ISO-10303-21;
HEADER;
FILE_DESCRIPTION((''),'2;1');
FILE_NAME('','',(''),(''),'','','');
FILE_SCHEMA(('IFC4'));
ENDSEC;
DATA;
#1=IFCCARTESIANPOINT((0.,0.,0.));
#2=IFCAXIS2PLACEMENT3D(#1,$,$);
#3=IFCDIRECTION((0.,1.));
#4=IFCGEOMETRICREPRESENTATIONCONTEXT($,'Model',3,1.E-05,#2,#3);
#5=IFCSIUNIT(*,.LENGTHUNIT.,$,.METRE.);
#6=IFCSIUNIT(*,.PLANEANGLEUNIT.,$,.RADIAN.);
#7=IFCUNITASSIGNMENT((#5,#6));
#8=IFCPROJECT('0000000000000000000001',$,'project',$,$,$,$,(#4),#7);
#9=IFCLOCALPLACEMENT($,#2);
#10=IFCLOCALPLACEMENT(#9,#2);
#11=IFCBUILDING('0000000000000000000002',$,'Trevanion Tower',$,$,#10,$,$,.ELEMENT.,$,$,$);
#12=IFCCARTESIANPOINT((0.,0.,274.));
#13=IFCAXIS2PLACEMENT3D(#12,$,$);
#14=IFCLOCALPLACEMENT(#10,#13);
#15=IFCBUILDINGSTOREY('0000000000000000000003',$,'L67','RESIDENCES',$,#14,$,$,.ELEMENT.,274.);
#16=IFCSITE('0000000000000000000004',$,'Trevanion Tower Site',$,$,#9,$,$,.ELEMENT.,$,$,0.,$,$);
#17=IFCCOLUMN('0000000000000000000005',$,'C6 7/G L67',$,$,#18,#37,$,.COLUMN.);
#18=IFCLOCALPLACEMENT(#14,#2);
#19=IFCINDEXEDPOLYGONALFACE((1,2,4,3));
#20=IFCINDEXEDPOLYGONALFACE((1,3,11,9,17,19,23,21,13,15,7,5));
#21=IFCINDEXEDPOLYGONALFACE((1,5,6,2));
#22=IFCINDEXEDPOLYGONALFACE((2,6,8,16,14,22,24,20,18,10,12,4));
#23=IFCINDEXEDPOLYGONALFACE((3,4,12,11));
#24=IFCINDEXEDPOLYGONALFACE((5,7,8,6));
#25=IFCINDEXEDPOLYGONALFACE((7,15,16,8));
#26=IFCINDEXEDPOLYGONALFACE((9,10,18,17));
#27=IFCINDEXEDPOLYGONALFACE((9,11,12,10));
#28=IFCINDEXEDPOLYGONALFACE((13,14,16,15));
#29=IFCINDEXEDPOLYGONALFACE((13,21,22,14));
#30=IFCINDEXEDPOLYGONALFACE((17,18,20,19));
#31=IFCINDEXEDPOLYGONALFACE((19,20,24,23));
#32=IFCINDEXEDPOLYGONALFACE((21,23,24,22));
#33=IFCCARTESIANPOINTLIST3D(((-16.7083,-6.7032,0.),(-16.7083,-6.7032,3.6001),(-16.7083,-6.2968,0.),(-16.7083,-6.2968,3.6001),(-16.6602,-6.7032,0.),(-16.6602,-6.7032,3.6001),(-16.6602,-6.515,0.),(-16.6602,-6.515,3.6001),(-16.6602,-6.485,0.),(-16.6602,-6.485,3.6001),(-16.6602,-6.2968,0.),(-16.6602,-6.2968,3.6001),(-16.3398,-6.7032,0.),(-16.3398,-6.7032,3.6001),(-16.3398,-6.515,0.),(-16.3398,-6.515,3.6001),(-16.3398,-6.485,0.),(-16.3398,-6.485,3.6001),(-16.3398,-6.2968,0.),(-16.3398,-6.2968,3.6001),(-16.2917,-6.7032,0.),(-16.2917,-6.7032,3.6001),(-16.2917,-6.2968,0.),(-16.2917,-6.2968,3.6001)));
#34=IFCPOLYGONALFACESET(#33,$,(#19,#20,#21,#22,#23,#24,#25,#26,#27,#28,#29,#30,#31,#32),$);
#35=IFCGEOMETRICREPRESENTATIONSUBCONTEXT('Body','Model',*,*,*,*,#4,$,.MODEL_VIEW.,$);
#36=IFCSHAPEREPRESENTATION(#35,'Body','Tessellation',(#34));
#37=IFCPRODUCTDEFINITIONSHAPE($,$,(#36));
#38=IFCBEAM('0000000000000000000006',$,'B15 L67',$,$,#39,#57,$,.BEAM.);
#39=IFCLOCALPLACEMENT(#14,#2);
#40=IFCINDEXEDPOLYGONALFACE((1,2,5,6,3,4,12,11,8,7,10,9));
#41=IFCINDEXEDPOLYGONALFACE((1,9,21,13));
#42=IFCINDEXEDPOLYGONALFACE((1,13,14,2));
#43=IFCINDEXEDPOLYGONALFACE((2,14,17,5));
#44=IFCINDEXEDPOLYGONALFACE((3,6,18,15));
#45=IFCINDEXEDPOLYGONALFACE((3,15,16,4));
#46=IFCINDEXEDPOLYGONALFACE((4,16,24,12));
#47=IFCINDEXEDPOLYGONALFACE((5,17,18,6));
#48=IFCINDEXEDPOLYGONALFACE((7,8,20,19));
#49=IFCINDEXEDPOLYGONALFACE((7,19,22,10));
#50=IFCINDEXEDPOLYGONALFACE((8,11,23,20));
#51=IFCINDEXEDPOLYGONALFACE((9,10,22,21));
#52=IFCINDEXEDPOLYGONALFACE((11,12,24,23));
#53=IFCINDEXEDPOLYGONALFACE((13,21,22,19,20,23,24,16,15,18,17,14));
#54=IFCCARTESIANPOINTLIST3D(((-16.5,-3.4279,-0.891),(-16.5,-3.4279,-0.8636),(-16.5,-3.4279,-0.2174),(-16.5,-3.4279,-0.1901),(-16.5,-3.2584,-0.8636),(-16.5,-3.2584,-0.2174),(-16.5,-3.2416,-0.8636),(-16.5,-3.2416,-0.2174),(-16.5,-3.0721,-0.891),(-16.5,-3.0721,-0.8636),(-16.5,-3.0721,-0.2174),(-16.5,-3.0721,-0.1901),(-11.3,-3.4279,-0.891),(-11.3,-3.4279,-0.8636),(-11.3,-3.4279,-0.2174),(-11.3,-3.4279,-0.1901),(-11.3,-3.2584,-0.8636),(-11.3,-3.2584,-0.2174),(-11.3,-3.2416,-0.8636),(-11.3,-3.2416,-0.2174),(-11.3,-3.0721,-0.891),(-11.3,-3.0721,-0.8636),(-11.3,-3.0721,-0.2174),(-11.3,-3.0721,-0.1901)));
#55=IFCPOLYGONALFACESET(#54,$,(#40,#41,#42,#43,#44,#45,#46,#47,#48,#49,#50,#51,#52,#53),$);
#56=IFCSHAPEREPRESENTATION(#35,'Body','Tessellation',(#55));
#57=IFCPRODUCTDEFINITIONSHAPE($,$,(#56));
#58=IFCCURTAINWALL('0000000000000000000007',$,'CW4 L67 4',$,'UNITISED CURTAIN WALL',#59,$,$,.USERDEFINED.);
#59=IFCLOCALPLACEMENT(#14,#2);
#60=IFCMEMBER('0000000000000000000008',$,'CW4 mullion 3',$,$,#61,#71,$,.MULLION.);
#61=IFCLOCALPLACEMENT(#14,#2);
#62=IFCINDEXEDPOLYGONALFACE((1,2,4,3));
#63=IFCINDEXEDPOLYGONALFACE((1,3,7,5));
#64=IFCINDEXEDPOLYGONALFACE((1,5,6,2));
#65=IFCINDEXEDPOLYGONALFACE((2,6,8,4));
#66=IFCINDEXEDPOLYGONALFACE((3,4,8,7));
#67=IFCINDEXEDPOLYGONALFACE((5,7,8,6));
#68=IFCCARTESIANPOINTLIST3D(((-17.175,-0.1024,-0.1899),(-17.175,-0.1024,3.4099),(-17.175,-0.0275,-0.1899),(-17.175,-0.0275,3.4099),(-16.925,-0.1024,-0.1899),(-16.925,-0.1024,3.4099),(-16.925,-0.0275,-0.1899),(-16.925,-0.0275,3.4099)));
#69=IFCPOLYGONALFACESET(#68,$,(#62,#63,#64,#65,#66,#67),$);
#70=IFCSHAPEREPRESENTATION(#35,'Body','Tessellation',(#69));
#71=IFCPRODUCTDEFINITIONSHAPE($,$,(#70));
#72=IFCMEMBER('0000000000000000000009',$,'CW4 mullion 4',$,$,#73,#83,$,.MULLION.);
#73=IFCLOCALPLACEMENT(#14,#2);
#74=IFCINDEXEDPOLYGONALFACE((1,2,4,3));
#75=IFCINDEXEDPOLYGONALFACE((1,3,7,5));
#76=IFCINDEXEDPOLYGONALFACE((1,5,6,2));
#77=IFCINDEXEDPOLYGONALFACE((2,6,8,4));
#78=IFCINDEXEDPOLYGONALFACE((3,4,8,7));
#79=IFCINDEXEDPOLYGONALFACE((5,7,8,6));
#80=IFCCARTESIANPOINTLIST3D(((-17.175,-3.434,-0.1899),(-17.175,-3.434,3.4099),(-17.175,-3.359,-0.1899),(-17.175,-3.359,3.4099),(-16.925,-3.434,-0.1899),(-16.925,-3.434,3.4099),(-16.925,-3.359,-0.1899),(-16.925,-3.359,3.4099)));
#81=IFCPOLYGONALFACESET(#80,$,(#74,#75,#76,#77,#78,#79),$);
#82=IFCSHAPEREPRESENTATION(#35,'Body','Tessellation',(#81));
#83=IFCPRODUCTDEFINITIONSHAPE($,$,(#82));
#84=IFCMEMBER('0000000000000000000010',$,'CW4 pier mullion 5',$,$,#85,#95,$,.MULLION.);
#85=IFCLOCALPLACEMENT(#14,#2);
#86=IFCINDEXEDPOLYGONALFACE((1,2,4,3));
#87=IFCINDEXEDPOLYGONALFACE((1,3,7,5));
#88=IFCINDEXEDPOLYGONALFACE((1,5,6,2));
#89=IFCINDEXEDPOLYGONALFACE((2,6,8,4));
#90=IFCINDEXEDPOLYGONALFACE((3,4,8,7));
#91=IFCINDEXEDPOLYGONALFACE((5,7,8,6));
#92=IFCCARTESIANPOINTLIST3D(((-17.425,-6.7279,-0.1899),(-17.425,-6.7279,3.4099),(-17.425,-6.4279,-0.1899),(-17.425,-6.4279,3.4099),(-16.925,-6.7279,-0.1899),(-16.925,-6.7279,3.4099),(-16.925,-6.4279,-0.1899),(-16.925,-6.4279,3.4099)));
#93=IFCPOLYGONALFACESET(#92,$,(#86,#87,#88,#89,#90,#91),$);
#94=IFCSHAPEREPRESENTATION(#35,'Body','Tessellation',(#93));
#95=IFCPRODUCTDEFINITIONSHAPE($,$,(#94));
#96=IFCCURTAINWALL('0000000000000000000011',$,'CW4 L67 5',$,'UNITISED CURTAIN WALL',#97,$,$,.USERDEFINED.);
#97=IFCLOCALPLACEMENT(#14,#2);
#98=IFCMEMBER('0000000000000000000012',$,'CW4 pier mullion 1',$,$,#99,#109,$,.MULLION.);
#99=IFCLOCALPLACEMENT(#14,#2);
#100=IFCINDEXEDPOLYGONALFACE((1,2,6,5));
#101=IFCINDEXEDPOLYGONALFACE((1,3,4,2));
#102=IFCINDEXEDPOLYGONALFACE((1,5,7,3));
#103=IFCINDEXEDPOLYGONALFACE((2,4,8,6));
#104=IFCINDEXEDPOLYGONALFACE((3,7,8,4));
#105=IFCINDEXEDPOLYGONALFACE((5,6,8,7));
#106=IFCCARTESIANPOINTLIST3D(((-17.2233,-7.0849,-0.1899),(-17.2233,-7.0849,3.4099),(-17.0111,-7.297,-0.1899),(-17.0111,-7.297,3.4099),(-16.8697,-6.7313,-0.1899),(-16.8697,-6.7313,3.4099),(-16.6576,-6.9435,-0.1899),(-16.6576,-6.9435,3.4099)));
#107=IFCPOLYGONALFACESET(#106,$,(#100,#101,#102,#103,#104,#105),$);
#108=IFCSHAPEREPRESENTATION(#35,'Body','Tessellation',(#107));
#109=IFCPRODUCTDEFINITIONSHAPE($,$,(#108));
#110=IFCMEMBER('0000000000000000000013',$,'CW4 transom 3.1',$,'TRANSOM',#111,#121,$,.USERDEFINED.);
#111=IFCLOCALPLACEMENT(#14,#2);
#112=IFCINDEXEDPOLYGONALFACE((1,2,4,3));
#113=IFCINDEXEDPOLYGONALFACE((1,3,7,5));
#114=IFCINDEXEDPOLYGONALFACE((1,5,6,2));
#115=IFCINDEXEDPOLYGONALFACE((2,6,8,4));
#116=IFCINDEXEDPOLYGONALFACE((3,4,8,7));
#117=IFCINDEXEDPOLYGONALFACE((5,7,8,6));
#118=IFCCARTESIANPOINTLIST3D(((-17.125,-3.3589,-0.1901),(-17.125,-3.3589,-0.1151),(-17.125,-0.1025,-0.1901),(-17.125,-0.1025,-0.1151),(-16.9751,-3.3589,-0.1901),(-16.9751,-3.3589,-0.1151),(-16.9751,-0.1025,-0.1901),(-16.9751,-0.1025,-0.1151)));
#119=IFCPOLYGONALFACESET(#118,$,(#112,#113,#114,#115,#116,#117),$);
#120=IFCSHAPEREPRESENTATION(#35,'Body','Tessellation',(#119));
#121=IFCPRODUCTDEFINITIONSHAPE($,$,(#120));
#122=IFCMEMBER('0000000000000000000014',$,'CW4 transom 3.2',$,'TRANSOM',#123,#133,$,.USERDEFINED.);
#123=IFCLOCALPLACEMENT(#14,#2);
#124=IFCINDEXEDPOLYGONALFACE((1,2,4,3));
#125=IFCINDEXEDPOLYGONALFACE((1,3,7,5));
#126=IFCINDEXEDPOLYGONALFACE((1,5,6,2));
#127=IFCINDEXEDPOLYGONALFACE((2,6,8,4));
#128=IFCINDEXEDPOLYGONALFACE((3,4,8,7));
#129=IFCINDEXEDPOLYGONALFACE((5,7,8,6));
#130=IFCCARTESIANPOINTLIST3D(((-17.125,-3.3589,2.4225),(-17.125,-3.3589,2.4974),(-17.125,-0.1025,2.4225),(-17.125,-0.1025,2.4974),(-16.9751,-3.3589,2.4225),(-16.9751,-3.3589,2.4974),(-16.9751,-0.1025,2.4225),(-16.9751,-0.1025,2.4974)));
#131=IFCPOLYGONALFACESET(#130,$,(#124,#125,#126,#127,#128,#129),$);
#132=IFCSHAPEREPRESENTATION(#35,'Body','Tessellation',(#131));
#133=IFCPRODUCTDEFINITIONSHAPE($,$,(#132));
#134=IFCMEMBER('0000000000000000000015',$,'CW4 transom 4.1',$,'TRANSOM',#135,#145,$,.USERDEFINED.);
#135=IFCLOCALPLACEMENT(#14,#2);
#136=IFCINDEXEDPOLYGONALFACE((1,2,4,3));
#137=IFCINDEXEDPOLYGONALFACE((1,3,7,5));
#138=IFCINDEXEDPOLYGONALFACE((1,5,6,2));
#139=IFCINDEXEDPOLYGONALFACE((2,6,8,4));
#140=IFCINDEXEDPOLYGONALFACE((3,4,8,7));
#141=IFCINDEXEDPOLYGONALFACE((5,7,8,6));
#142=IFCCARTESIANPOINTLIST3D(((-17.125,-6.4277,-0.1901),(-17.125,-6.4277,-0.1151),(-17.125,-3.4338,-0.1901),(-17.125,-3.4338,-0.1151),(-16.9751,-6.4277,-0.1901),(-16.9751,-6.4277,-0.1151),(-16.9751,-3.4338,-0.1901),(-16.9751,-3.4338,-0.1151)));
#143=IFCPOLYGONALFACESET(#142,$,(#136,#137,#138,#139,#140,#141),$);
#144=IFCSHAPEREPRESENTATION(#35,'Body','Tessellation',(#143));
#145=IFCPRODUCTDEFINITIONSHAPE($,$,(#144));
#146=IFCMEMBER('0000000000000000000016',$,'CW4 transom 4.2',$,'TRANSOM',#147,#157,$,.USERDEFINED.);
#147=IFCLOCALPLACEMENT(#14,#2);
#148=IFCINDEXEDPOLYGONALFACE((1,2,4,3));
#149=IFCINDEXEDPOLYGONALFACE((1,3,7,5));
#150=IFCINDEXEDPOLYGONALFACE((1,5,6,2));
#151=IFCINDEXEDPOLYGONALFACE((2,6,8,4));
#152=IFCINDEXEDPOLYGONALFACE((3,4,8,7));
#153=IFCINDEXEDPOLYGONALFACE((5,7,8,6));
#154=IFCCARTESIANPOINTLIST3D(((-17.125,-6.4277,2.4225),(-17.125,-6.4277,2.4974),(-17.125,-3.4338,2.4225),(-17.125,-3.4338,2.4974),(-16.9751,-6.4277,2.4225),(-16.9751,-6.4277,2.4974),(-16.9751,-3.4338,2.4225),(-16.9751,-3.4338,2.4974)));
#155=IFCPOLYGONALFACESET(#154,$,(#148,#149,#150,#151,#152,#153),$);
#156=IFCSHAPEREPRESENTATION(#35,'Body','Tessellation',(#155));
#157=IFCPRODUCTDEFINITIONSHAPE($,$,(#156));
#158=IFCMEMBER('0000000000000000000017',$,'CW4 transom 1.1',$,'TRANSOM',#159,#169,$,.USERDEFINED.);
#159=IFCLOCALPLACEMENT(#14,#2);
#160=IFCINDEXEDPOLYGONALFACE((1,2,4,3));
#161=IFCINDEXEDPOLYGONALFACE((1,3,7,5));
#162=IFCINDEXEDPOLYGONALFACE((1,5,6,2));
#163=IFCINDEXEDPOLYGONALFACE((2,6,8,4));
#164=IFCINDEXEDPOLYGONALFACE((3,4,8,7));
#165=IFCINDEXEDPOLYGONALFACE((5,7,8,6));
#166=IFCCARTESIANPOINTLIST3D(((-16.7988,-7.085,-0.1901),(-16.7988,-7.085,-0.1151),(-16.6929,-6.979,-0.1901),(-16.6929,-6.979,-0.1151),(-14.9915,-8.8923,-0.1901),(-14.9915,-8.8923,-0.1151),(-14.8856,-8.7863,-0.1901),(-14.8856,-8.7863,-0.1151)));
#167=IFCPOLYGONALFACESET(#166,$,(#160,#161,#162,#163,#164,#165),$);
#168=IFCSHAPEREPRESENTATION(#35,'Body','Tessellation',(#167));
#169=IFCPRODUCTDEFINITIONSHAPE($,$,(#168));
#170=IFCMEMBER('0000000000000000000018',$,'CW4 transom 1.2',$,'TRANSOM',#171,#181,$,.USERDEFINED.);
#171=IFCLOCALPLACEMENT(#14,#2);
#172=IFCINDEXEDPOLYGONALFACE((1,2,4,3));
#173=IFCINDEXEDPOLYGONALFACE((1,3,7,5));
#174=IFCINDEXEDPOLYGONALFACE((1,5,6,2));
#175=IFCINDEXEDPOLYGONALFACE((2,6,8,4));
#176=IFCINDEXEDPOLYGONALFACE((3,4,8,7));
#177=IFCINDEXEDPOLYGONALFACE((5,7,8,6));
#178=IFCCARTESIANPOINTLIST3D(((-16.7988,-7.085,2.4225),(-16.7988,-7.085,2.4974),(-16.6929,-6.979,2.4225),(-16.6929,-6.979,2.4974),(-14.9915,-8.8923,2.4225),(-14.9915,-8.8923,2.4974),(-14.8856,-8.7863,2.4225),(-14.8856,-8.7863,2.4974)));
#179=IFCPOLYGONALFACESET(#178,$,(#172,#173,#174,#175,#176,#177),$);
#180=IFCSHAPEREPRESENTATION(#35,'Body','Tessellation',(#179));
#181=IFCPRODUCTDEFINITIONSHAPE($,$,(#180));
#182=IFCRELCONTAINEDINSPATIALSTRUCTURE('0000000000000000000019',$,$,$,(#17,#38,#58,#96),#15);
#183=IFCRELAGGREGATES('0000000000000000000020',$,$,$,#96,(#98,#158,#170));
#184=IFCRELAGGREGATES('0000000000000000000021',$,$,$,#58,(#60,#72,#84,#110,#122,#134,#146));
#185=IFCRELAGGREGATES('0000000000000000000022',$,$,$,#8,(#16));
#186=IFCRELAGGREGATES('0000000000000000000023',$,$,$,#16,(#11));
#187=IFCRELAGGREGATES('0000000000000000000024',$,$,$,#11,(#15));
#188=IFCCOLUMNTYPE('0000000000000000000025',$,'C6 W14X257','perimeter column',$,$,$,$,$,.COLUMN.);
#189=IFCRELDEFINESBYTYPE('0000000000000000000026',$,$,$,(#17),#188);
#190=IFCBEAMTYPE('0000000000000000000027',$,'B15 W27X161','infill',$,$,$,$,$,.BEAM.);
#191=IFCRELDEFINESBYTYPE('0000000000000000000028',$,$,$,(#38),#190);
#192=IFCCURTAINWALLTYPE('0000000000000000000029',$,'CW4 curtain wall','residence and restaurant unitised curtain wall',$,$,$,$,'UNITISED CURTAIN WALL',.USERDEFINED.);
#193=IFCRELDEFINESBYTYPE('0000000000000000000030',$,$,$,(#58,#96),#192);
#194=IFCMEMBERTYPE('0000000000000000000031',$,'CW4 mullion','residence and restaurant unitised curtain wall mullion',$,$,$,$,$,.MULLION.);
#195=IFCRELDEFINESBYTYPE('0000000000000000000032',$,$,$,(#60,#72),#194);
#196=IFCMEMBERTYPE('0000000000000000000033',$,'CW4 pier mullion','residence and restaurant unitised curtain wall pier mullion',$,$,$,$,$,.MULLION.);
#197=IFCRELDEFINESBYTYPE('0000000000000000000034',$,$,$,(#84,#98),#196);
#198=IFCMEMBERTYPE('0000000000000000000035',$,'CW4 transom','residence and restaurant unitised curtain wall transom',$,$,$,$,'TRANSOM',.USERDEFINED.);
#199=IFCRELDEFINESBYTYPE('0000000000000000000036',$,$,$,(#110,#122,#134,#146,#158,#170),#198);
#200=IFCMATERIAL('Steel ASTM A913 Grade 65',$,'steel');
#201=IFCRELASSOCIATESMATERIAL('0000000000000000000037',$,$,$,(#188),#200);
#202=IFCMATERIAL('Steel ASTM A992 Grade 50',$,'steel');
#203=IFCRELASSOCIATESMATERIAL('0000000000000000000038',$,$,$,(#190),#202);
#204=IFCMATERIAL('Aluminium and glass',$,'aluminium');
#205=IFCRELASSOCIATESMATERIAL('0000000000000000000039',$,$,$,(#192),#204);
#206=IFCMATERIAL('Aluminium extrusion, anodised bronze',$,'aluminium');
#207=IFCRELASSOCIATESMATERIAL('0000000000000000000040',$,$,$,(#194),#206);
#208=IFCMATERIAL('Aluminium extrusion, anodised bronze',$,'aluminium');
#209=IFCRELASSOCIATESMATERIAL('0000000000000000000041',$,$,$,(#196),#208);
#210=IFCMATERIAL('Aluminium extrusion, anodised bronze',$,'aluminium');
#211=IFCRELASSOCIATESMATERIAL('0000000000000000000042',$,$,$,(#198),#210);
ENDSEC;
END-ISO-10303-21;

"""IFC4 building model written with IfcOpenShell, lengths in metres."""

from ifc_helpers import new_model, si_unit, direction, frame, origin, origin_2d, place, context, subcontext, project, spatial, rectangle, i_section, extrude, material, material_profile, profile_set, type_object, element, aggregate, save


model = new_model("IFC4")

# Units and contexts
model_context = context("Model", 3, precision=1e-05, world=origin(), true_north=direction((0.0, 1.0)))
body_context = subcontext(model_context, "Body", "Model", "MODEL_VIEW")
ifc_project = project(units=[si_unit("LENGTHUNIT", "METRE"), si_unit("PLANEANGLEUNIT", "RADIAN")], contexts=[model_context])

# Site, building, storey
site_placement = place(None, origin())
site = spatial("IfcSite", under=ifc_project, at=site_placement, Name="Trevanion Tower Site", CompositionType="ELEMENT", RefElevation=0.0)
building_placement = place(site_placement, origin())
building = spatial("IfcBuilding", under=site, at=building_placement, Name="Trevanion Tower", CompositionType="ELEMENT")
storey_placement = place(building_placement, frame((0.0, 0.0, 274.0)))
storey = spatial("IfcBuildingStorey", under=building, at=storey_placement, Name="L67", Description="RESIDENCES", CompositionType="ELEMENT", Elevation=274.0)

# Column
ifc_material_1 = material(Name="Steel ASTM A913 Grade 65", Category="steel")
ifc_material_profile_1 = material_profile(ifc_material_1, i_section(OverallWidth=0.4065, OverallDepth=0.4165, WebThickness=0.03, FlangeThickness=0.0481, at=origin_2d()), Name="W14X257")
ifc_profile_set_1 = profile_set([ifc_material_profile_1], Name="Steel ASTM A913 Grade 65")
column_type = type_object("IfcColumnType", Name="C6 W14X257", Description="perimeter column", PredefinedType="COLUMN", material=ifc_profile_set_1)
column_placement = place(storey_placement, frame((-16.5, -6.5, 0.0), z_axis=(0.0, 0.0, 1.0), x_axis=(0.0, 1.0, 0.0)))
element("IfcColumn", 1, at=column_placement, inside=storey, type_object=column_type, Name="C6 7/G L67", PredefinedType="COLUMN", context=body_context, shape_type="SweptSolid", body=[
    extrude(i_section(OverallWidth=0.4065, OverallDepth=0.4165, WebThickness=0.03, FlangeThickness=0.0481, at=origin_2d()), origin(), (0.0, 0.0, 1.0), 3.6001),
])

# Beam
ifc_material_2 = material(Name="Steel ASTM A992 Grade 50", Category="steel")
ifc_material_profile_2 = material_profile(ifc_material_2, i_section(OverallWidth=0.3557, OverallDepth=0.7009, WebThickness=0.0168, FlangeThickness=0.0273, at=origin_2d()), Name="W27X161")
ifc_profile_set_2 = profile_set([ifc_material_profile_2], Name="Steel ASTM A992 Grade 50")
beam_type_1 = type_object("IfcBeamType", Name="B15 W27X161", Description="infill", PredefinedType="BEAM", material=ifc_profile_set_2)
beam_1_placement = place(storey_placement, frame((-11.3, -3.25, -0.5405), z_axis=(-1.0, 0.0, 0.0), x_axis=(0.0, -1.0, 0.0)))
element("IfcBeam", 2, at=beam_1_placement, inside=storey, type_object=beam_type_1, Name="B15 L67", PredefinedType="BEAM", context=body_context, shape_type="SweptSolid", body=[
    extrude(i_section(OverallWidth=0.3557, OverallDepth=0.7009, WebThickness=0.0168, FlangeThickness=0.0273, at=origin_2d()), origin(), (0.0, 0.0, 1.0), 5.2),
])

# Curtain wall, members
ifc_material_3 = material(Name="Aluminium and glass", Category="aluminium")
curtain_wall_type = type_object("IfcCurtainWallType", Name="CW4 curtain wall", Description="residence and restaurant unitised curtain wall", ElementType="UNITISED CURTAIN WALL", PredefinedType="USERDEFINED", material=ifc_material_3)
curtain_wall_1_placement = place(storey_placement, origin())
curtain_wall_1 = element("IfcCurtainWall", 3, at=curtain_wall_1_placement, inside=storey, type_object=curtain_wall_type, Name="CW4 L67 4", ObjectType="UNITISED CURTAIN WALL", PredefinedType="USERDEFINED")
ifc_material_4 = material(Name="Aluminium extrusion, anodised bronze", Category="aluminium")
ifc_material_profile_3 = material_profile(ifc_material_4, rectangle(XDim=0.075, YDim=0.25, at=origin_2d()), Name="CW4 mullion")
ifc_profile_set_3 = profile_set([ifc_material_profile_3], Name="Aluminium extrusion, anodised bronze")
member_type_1 = type_object("IfcMemberType", Name="CW4 mullion", Description="residence and restaurant unitised curtain wall mullion", PredefinedType="MULLION", material=ifc_profile_set_3)
member_1_placement = place(storey_placement, frame((-17.05, -0.0649, -0.1899), z_axis=(0.0, 0.0, 1.0), x_axis=(0.0, -1.0, 0.0)))
member_1 = element("IfcMember", 4, at=member_1_placement, type_object=member_type_1, Name="CW4 mullion 3", PredefinedType="MULLION", context=body_context, shape_type="SweptSolid", body=[
    extrude(rectangle(XDim=0.075, YDim=0.25, at=origin_2d()), origin(), (0.0, 0.0, 1.0), 3.5999),
])
member_2_placement = place(storey_placement, frame((-17.05, -3.3965, -0.1899), z_axis=(0.0, 0.0, 1.0), x_axis=(0.0, -1.0, 0.0)))
member_2 = element("IfcMember", 5, at=member_2_placement, type_object=member_type_1, Name="CW4 mullion 4", PredefinedType="MULLION", context=body_context, shape_type="SweptSolid", body=[
    extrude(rectangle(XDim=0.075, YDim=0.25, at=origin_2d()), origin(), (0.0, 0.0, 1.0), 3.5999),
])
ifc_material_5 = material(Name="Aluminium extrusion, anodised bronze", Category="aluminium")
ifc_material_profile_4 = material_profile(ifc_material_5, rectangle(XDim=0.3, YDim=0.5, at=origin_2d()), Name="CW4 pier mullion")
ifc_profile_set_4 = profile_set([ifc_material_profile_4], Name="Aluminium extrusion, anodised bronze")
member_type_2 = type_object("IfcMemberType", Name="CW4 pier mullion", Description="residence and restaurant unitised curtain wall pier mullion", PredefinedType="MULLION", material=ifc_profile_set_4)
member_3_placement = place(storey_placement, frame((-17.175, -6.5779, -0.1899), z_axis=(0.0, 0.0, 1.0), x_axis=(0.0, -1.0, 0.0)))
member_3 = element("IfcMember", 6, at=member_3_placement, type_object=member_type_2, Name="CW4 pier mullion 5", PredefinedType="MULLION", context=body_context, shape_type="SweptSolid", body=[
    extrude(rectangle(XDim=0.3, YDim=0.5, at=origin_2d()), origin(), (0.0, 0.0, 1.0), 3.5999),
])

# Curtain wall, member
curtain_wall_2_placement = place(storey_placement, origin())
curtain_wall_2 = element("IfcCurtainWall", 7, at=curtain_wall_2_placement, inside=storey, type_object=curtain_wall_type, Name="CW4 L67 5", ObjectType="UNITISED CURTAIN WALL", PredefinedType="USERDEFINED")
member_4_placement = place(storey_placement, frame((-16.9404, -7.0142, -0.1899), z_axis=(0.0, 0.0, 1.0), x_axis=(0.707107, -0.707107, 0.0)))
member_4 = element("IfcMember", 8, at=member_4_placement, type_object=member_type_2, Name="CW4 pier mullion 1", PredefinedType="MULLION", context=body_context, shape_type="SweptSolid", body=[
    extrude(rectangle(XDim=0.3, YDim=0.5, at=origin_2d()), origin(), (0.0, 0.0, 1.0), 3.5999),
])

# Members
ifc_material_6 = material(Name="Aluminium extrusion, anodised bronze", Category="aluminium")
ifc_material_profile_5 = material_profile(ifc_material_6, rectangle(XDim=0.1499, YDim=0.075, at=origin_2d()), Name="CW4 transom")
ifc_profile_set_5 = profile_set([ifc_material_profile_5], Name="Aluminium extrusion, anodised bronze")
member_type_3 = type_object("IfcMemberType", Name="CW4 transom", Description="residence and restaurant unitised curtain wall transom", ElementType="TRANSOM", PredefinedType="USERDEFINED", material=ifc_profile_set_5)
member_5_placement = place(storey_placement, frame((-17.05, -0.1025, -0.1526), z_axis=(0.0, -1.0, 0.0), x_axis=(1.0, 0.0, 0.0)))
member_5 = element("IfcMember", 9, at=member_5_placement, type_object=member_type_3, Name="CW4 transom 3.1", ObjectType="TRANSOM", PredefinedType="USERDEFINED", context=body_context, shape_type="SweptSolid", body=[
    extrude(rectangle(XDim=0.1499, YDim=0.075, at=origin_2d()), origin(), (0.0, 0.0, 1.0), 3.2563),
])
member_6_placement = place(storey_placement, frame((-17.05, -0.1025, 2.46), z_axis=(0.0, -1.0, 0.0), x_axis=(1.0, 0.0, 0.0)))
member_6 = element("IfcMember", 10, at=member_6_placement, type_object=member_type_3, Name="CW4 transom 3.2", ObjectType="TRANSOM", PredefinedType="USERDEFINED", context=body_context, shape_type="SweptSolid", body=[
    extrude(rectangle(XDim=0.1499, YDim=0.075, at=origin_2d()), origin(), (0.0, 0.0, 1.0), 3.2563),
])
member_7_placement = place(storey_placement, frame((-17.05, -3.4338, -0.1526), z_axis=(0.0, -1.0, 0.0), x_axis=(1.0, 0.0, 0.0)))
member_7 = element("IfcMember", 11, at=member_7_placement, type_object=member_type_3, Name="CW4 transom 4.1", ObjectType="TRANSOM", PredefinedType="USERDEFINED", context=body_context, shape_type="SweptSolid", body=[
    extrude(rectangle(XDim=0.1499, YDim=0.075, at=origin_2d()), origin(), (0.0, 0.0, 1.0), 2.9939),
])
member_8_placement = place(storey_placement, frame((-17.05, -3.4338, 2.46), z_axis=(0.0, -1.0, 0.0), x_axis=(1.0, 0.0, 0.0)))
member_8 = element("IfcMember", 12, at=member_8_placement, type_object=member_type_3, Name="CW4 transom 4.2", ObjectType="TRANSOM", PredefinedType="USERDEFINED", context=body_context, shape_type="SweptSolid", body=[
    extrude(rectangle(XDim=0.1499, YDim=0.075, at=origin_2d()), origin(), (0.0, 0.0, 1.0), 2.9939),
])
member_9_placement = place(storey_placement, frame((-16.7458, -7.032, -0.1526), z_axis=(0.707107, -0.707107, 0.0), x_axis=(0.707107, 0.707107, 0.0)))
member_9 = element("IfcMember", 13, at=member_9_placement, type_object=member_type_3, Name="CW4 transom 1.1", ObjectType="TRANSOM", PredefinedType="USERDEFINED", context=body_context, shape_type="SweptSolid", body=[
    extrude(rectangle(XDim=0.1499, YDim=0.075, at=origin_2d()), origin(), (0.0, 0.0, 1.0), 2.5559),
])
member_10_placement = place(storey_placement, frame((-16.7458, -7.032, 2.46), z_axis=(0.707107, -0.707107, 0.0), x_axis=(0.707107, 0.707107, 0.0)))
member_10 = element("IfcMember", 14, at=member_10_placement, type_object=member_type_3, Name="CW4 transom 1.2", ObjectType="TRANSOM", PredefinedType="USERDEFINED", context=body_context, shape_type="SweptSolid", body=[
    extrude(rectangle(XDim=0.1499, YDim=0.075, at=origin_2d()), origin(), (0.0, 0.0, 1.0), 2.5559),
])

aggregate(curtain_wall_2, [member_4, member_9, member_10])
aggregate(curtain_wall_1, [member_1, member_2, member_3, member_5, member_6, member_7, member_8])

save(model, "model.ifc")
